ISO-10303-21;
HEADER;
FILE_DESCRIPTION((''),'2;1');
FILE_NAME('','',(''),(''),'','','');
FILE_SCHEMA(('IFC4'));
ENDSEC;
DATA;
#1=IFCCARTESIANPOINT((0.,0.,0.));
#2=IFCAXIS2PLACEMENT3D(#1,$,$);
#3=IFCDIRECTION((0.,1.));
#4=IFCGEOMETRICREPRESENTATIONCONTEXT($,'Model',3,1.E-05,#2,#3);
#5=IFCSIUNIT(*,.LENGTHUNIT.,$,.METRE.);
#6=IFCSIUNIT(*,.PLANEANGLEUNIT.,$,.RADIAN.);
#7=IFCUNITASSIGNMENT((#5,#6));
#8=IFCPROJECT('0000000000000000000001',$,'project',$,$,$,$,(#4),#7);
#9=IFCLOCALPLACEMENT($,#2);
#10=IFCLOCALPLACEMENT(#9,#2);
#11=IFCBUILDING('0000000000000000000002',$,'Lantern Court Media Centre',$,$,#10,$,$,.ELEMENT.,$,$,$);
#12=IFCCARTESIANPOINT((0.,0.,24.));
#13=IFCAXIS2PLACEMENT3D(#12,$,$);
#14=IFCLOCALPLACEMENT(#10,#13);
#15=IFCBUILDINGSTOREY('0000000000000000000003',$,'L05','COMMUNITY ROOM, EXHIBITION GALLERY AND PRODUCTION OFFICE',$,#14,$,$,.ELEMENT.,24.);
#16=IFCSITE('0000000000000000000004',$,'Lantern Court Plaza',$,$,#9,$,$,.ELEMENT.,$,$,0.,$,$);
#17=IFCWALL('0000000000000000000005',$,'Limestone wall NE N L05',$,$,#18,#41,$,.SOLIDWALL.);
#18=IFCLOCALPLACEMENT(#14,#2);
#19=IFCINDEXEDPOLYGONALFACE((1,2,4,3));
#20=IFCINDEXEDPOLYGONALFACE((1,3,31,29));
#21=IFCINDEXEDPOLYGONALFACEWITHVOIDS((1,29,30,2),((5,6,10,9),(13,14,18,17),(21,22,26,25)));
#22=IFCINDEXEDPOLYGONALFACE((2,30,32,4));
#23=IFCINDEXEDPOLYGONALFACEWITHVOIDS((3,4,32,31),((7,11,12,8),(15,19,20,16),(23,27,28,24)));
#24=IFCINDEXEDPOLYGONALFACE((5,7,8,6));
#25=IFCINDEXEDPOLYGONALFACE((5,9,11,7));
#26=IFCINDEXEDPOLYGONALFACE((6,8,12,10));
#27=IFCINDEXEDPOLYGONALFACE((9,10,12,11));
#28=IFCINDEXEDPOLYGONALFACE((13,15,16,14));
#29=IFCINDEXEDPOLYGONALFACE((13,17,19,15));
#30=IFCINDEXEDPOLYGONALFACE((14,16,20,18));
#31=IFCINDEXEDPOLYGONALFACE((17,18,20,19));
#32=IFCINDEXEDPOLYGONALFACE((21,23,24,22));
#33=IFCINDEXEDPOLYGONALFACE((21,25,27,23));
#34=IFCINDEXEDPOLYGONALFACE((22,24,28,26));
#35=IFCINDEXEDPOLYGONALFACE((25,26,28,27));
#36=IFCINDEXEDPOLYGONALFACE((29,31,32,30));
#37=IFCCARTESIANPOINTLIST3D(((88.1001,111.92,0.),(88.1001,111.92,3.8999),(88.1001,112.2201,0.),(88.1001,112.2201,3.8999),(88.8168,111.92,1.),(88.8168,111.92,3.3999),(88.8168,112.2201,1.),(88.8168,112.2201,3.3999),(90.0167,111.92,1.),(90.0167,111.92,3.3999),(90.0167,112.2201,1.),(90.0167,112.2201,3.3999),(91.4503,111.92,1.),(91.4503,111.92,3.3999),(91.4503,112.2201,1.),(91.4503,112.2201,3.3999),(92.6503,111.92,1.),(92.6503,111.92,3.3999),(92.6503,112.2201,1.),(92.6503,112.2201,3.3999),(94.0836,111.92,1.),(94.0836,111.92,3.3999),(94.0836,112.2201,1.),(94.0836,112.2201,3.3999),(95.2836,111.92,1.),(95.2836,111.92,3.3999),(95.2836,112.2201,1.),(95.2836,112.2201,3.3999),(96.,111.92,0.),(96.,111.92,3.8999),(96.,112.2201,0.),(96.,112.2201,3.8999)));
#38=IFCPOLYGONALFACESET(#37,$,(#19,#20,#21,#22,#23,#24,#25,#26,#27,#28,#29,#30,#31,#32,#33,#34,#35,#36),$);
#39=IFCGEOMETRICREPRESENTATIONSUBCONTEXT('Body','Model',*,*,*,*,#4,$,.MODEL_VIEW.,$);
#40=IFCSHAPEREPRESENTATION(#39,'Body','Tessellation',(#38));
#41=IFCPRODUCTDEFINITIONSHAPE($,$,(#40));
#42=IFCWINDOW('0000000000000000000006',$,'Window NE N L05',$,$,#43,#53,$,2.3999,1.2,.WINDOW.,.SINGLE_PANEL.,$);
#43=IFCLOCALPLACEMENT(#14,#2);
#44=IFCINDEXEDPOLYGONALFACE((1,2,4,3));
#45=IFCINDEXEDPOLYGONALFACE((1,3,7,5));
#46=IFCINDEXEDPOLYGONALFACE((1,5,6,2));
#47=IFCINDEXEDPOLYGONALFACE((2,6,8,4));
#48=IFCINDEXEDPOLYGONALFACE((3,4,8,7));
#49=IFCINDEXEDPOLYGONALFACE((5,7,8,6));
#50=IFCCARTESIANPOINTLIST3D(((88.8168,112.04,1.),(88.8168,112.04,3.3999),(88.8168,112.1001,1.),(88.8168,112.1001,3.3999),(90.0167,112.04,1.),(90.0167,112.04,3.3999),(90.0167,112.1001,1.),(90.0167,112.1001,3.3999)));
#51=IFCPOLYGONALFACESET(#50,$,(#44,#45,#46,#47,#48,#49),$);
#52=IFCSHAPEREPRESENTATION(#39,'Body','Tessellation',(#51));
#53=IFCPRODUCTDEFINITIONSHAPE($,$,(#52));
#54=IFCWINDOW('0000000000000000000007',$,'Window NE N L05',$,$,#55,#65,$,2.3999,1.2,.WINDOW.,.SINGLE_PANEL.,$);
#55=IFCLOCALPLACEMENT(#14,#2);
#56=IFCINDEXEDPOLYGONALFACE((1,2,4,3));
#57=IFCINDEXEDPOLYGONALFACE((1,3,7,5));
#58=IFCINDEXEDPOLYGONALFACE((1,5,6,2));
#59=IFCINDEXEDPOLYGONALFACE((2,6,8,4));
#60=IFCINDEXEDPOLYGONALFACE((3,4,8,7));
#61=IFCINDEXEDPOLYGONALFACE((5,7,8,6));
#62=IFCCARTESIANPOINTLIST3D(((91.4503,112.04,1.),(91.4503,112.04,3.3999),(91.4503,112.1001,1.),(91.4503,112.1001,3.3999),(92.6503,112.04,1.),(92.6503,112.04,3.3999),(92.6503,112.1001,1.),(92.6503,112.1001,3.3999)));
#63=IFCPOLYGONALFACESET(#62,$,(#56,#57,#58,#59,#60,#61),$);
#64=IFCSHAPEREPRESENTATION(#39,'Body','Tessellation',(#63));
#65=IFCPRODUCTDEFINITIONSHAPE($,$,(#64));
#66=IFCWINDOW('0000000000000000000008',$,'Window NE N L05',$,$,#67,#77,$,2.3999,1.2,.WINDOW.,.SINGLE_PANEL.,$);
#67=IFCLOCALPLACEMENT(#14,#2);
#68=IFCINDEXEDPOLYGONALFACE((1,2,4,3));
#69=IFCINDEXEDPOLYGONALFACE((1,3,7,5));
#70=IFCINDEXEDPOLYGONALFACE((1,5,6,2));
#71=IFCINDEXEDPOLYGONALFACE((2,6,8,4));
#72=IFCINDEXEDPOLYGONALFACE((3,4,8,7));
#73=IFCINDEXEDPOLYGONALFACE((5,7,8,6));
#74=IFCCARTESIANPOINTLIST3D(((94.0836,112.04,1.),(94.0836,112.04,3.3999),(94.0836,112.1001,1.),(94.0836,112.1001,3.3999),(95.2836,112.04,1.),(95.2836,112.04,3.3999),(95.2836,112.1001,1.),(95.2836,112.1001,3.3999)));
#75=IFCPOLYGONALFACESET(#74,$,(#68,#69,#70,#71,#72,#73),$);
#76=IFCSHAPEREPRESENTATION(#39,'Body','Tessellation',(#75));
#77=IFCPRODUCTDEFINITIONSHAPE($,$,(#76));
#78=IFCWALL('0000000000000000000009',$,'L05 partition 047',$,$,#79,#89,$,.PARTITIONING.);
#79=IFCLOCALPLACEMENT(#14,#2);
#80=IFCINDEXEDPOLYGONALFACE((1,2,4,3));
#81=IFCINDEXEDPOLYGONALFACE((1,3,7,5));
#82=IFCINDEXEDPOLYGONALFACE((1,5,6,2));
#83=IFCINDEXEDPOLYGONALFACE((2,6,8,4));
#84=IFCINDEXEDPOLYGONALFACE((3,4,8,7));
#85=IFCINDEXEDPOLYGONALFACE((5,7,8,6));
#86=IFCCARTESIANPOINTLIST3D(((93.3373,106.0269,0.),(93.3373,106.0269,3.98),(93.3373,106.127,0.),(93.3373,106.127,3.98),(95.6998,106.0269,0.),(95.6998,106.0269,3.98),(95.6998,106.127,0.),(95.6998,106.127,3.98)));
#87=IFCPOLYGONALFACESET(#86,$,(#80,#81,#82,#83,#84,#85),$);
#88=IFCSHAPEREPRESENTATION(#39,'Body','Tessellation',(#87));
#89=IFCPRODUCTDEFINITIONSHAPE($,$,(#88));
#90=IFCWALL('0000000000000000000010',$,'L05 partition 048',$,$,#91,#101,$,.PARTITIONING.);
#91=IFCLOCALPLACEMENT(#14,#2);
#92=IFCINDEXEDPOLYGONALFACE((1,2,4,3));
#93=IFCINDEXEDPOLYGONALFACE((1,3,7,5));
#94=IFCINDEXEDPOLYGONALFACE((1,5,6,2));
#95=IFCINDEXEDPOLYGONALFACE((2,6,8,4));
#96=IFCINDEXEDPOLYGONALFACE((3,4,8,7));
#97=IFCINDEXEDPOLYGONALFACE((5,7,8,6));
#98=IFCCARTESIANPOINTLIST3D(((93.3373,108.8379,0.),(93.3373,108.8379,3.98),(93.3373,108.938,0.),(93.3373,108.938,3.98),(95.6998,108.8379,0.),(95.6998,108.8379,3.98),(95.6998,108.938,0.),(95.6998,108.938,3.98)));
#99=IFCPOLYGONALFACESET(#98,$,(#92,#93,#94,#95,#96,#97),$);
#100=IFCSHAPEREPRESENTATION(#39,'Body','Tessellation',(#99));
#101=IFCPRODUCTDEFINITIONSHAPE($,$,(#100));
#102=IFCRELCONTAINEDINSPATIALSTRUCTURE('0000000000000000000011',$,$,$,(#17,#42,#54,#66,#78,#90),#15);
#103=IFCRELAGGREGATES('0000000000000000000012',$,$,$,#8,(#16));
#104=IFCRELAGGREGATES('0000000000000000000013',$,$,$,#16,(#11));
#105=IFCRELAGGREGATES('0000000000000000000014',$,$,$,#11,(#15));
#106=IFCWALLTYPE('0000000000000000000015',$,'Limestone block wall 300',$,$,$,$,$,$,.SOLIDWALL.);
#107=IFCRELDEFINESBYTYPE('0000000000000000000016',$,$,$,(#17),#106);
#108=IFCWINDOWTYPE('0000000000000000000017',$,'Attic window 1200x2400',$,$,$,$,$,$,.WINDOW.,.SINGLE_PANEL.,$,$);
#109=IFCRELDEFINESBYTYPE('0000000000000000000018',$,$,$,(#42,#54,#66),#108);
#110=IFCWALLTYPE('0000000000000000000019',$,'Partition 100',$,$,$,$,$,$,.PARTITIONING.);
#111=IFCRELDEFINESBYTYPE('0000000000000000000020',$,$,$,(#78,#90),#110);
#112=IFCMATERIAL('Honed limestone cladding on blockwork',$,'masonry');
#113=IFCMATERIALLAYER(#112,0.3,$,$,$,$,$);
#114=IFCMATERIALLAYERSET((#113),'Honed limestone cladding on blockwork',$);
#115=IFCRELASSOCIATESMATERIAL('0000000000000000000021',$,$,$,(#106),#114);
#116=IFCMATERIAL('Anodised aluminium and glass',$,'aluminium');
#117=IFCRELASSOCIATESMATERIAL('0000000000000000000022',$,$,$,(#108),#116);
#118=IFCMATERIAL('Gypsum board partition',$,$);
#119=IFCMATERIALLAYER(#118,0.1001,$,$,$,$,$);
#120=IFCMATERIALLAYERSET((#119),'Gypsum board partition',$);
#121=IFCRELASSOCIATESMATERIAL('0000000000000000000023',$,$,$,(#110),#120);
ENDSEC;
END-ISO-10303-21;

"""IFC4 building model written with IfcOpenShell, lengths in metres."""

from ifc_helpers import new_model, si_unit, direction, frame, frame_2d, origin, place, context, subcontext, project, spatial, rectangle, extrude, material, layer, layer_set, type_object, element, fill, save


model = new_model("IFC4")

# Units and contexts
model_context = context("Model", 3, precision=1e-05, world=origin(), true_north=direction((0.0, 1.0)))
body_context = subcontext(model_context, "Body", "Model", "MODEL_VIEW")
ifc_project = project(units=[si_unit("LENGTHUNIT", "METRE"), si_unit("PLANEANGLEUNIT", "RADIAN")], contexts=[model_context])

# Site, building, storey
site_placement = place(None, origin())
site = spatial("IfcSite", under=ifc_project, at=site_placement, Name="Lantern Court Plaza", CompositionType="ELEMENT", RefElevation=0.0)
building_placement = place(site_placement, origin())
building = spatial("IfcBuilding", under=site, at=building_placement, Name="Lantern Court Media Centre", CompositionType="ELEMENT")
storey_placement = place(building_placement, frame((0.0, 0.0, 24.0)))
storey = spatial("IfcBuildingStorey", under=building, at=storey_placement, Name="L05", Description="COMMUNITY ROOM, EXHIBITION GALLERY AND PRODUCTION OFFICE", CompositionType="ELEMENT", Elevation=24.0)

# Shared definitions
ifc_material_1 = material(Name="Gypsum board partition")

# Wall, openings, windows
ifc_material_2 = material(Name="Honed limestone cladding on blockwork", Category="masonry")
ifc_layer_1 = layer(ifc_material_2, 0.3)
ifc_layer_set_1 = layer_set([ifc_layer_1], Name="Honed limestone cladding on blockwork")
wall_type_1 = type_object("IfcWallType", Name="Limestone block wall 300", PredefinedType="SOLIDWALL", material=ifc_layer_set_1)
wall_1_placement = place(storey_placement, frame((88.1001, 112.0701, 0.0), z_axis=(0.0, 0.0, 1.0), x_axis=(1.0, 0.0, 0.0)))
wall_1 = element("IfcWall", 1, at=wall_1_placement, inside=storey, type_object=wall_type_1, Name="Limestone wall NE N L05", PredefinedType="SOLIDWALL", context=body_context, shape_type="SweptSolid", body=[
    extrude(rectangle(XDim=7.8999, YDim=0.3, at=frame_2d((3.95, 0.0))), origin(), (0.0, 0.0, 1.0), 3.8999),
])
opening_1_placement = place(wall_1_placement, frame((0.7166, 0.0, 1.0)))
opening_1 = element("IfcOpeningElement", 2, at=opening_1_placement, cuts=wall_1, PredefinedType="OPENING", context=body_context, shape_type="SweptSolid", body=[
    extrude(rectangle(XDim=1.2, YDim=2.3999, at=frame_2d((0.6001, 1.2))), frame((0.0, 0.1599, 0.0), z_axis=(0.0, -1.0, 0.0), x_axis=(1.0, 0.0, 0.0)), (0.0, 0.0, 1.0), 0.3201),
])
opening_2_placement = place(wall_1_placement, frame((3.3501, 0.0, 1.0)))
opening_2 = element("IfcOpeningElement", 3, at=opening_2_placement, cuts=wall_1, PredefinedType="OPENING", context=body_context, shape_type="SweptSolid", body=[
    extrude(rectangle(XDim=1.2, YDim=2.3999, at=frame_2d((0.6001, 1.2))), frame((0.0, 0.1599, 0.0), z_axis=(0.0, -1.0, 0.0), x_axis=(1.0, 0.0, 0.0)), (0.0, 0.0, 1.0), 0.3201),
])
opening_3_placement = place(wall_1_placement, frame((5.9834, 0.0, 1.0)))
opening_3 = element("IfcOpeningElement", 4, at=opening_3_placement, cuts=wall_1, PredefinedType="OPENING", context=body_context, shape_type="SweptSolid", body=[
    extrude(rectangle(XDim=1.2, YDim=2.3999, at=frame_2d((0.6001, 1.2))), frame((0.0, 0.1599, 0.0), z_axis=(0.0, -1.0, 0.0), x_axis=(1.0, 0.0, 0.0)), (0.0, 0.0, 1.0), 0.3201),
])
ifc_material_3 = material(Name="Anodised aluminium and glass", Category="aluminium")
window_type = type_object("IfcWindowType", Name="Attic window 1200x2400", PartitioningType="SINGLE_PANEL", PredefinedType="WINDOW", material=ifc_material_3)
window_1_placement = place(opening_1_placement, origin())
window_1 = element("IfcWindow", 5, at=window_1_placement, inside=storey, type_object=window_type, Name="Window NE N L05", OverallHeight=2.3999, OverallWidth=1.2, PartitioningType="SINGLE_PANEL", PredefinedType="WINDOW", context=body_context, shape_type="SweptSolid", body=[
    extrude(rectangle(XDim=1.2, YDim=2.3999, at=frame_2d((0.6001, 1.2))), frame((0.0, 0.03, 0.0), z_axis=(0.0, -1.0, 0.0), x_axis=(1.0, 0.0, 0.0)), (0.0, 0.0, 1.0), 0.0601),
])
fill(opening_1, window_1)
window_2_placement = place(opening_2_placement, origin())
window_2 = element("IfcWindow", 6, at=window_2_placement, inside=storey, type_object=window_type, Name="Window NE N L05", OverallHeight=2.3999, OverallWidth=1.2, PartitioningType="SINGLE_PANEL", PredefinedType="WINDOW", context=body_context, shape_type="SweptSolid", body=[
    extrude(rectangle(XDim=1.2, YDim=2.3999, at=frame_2d((0.6001, 1.2))), frame((0.0, 0.03, 0.0), z_axis=(0.0, -1.0, 0.0), x_axis=(1.0, 0.0, 0.0)), (0.0, 0.0, 1.0), 0.0601),
])
fill(opening_2, window_2)
window_3_placement = place(opening_3_placement, origin())
window_3 = element("IfcWindow", 7, at=window_3_placement, inside=storey, type_object=window_type, Name="Window NE N L05", OverallHeight=2.3999, OverallWidth=1.2, PartitioningType="SINGLE_PANEL", PredefinedType="WINDOW", context=body_context, shape_type="SweptSolid", body=[
    extrude(rectangle(XDim=1.2, YDim=2.3999, at=frame_2d((0.6001, 1.2))), frame((0.0, 0.03, 0.0), z_axis=(0.0, -1.0, 0.0), x_axis=(1.0, 0.0, 0.0)), (0.0, 0.0, 1.0), 0.0601),
])
fill(opening_3, window_3)

# Walls
ifc_layer_2 = layer(ifc_material_1, 0.1001)
ifc_layer_set_2 = layer_set([ifc_layer_2], Name="Gypsum board partition")
wall_type_2 = type_object("IfcWallType", Name="Partition 100", PredefinedType="PARTITIONING", material=ifc_layer_set_2)
for number, where, z_axis, x_axis, name in (
    (8, (93.3374, 106.0769, 0.0), (0.0, 0.0, 1.0), (1.0, 0.0, 0.0), "L05 partition 047"),
    (9, (93.3374, 108.8879, 0.0), (0.0, 0.0, 1.0), (1.0, 0.0, 0.0), "L05 partition 048"),
):
    element("IfcWall", number, at=place(storey_placement, frame(where, z_axis=z_axis, x_axis=x_axis)), inside=storey, type_object=wall_type_2, Name=name, PredefinedType="PARTITIONING", context=body_context, shape_type="SweptSolid", body=[
        extrude(rectangle(XDim=2.3625, YDim=0.1001, at=frame_2d((1.1812, 0.0))), origin(), (0.0, 0.0, 1.0), 3.98),
    ])

save(model, "model.ifc")
